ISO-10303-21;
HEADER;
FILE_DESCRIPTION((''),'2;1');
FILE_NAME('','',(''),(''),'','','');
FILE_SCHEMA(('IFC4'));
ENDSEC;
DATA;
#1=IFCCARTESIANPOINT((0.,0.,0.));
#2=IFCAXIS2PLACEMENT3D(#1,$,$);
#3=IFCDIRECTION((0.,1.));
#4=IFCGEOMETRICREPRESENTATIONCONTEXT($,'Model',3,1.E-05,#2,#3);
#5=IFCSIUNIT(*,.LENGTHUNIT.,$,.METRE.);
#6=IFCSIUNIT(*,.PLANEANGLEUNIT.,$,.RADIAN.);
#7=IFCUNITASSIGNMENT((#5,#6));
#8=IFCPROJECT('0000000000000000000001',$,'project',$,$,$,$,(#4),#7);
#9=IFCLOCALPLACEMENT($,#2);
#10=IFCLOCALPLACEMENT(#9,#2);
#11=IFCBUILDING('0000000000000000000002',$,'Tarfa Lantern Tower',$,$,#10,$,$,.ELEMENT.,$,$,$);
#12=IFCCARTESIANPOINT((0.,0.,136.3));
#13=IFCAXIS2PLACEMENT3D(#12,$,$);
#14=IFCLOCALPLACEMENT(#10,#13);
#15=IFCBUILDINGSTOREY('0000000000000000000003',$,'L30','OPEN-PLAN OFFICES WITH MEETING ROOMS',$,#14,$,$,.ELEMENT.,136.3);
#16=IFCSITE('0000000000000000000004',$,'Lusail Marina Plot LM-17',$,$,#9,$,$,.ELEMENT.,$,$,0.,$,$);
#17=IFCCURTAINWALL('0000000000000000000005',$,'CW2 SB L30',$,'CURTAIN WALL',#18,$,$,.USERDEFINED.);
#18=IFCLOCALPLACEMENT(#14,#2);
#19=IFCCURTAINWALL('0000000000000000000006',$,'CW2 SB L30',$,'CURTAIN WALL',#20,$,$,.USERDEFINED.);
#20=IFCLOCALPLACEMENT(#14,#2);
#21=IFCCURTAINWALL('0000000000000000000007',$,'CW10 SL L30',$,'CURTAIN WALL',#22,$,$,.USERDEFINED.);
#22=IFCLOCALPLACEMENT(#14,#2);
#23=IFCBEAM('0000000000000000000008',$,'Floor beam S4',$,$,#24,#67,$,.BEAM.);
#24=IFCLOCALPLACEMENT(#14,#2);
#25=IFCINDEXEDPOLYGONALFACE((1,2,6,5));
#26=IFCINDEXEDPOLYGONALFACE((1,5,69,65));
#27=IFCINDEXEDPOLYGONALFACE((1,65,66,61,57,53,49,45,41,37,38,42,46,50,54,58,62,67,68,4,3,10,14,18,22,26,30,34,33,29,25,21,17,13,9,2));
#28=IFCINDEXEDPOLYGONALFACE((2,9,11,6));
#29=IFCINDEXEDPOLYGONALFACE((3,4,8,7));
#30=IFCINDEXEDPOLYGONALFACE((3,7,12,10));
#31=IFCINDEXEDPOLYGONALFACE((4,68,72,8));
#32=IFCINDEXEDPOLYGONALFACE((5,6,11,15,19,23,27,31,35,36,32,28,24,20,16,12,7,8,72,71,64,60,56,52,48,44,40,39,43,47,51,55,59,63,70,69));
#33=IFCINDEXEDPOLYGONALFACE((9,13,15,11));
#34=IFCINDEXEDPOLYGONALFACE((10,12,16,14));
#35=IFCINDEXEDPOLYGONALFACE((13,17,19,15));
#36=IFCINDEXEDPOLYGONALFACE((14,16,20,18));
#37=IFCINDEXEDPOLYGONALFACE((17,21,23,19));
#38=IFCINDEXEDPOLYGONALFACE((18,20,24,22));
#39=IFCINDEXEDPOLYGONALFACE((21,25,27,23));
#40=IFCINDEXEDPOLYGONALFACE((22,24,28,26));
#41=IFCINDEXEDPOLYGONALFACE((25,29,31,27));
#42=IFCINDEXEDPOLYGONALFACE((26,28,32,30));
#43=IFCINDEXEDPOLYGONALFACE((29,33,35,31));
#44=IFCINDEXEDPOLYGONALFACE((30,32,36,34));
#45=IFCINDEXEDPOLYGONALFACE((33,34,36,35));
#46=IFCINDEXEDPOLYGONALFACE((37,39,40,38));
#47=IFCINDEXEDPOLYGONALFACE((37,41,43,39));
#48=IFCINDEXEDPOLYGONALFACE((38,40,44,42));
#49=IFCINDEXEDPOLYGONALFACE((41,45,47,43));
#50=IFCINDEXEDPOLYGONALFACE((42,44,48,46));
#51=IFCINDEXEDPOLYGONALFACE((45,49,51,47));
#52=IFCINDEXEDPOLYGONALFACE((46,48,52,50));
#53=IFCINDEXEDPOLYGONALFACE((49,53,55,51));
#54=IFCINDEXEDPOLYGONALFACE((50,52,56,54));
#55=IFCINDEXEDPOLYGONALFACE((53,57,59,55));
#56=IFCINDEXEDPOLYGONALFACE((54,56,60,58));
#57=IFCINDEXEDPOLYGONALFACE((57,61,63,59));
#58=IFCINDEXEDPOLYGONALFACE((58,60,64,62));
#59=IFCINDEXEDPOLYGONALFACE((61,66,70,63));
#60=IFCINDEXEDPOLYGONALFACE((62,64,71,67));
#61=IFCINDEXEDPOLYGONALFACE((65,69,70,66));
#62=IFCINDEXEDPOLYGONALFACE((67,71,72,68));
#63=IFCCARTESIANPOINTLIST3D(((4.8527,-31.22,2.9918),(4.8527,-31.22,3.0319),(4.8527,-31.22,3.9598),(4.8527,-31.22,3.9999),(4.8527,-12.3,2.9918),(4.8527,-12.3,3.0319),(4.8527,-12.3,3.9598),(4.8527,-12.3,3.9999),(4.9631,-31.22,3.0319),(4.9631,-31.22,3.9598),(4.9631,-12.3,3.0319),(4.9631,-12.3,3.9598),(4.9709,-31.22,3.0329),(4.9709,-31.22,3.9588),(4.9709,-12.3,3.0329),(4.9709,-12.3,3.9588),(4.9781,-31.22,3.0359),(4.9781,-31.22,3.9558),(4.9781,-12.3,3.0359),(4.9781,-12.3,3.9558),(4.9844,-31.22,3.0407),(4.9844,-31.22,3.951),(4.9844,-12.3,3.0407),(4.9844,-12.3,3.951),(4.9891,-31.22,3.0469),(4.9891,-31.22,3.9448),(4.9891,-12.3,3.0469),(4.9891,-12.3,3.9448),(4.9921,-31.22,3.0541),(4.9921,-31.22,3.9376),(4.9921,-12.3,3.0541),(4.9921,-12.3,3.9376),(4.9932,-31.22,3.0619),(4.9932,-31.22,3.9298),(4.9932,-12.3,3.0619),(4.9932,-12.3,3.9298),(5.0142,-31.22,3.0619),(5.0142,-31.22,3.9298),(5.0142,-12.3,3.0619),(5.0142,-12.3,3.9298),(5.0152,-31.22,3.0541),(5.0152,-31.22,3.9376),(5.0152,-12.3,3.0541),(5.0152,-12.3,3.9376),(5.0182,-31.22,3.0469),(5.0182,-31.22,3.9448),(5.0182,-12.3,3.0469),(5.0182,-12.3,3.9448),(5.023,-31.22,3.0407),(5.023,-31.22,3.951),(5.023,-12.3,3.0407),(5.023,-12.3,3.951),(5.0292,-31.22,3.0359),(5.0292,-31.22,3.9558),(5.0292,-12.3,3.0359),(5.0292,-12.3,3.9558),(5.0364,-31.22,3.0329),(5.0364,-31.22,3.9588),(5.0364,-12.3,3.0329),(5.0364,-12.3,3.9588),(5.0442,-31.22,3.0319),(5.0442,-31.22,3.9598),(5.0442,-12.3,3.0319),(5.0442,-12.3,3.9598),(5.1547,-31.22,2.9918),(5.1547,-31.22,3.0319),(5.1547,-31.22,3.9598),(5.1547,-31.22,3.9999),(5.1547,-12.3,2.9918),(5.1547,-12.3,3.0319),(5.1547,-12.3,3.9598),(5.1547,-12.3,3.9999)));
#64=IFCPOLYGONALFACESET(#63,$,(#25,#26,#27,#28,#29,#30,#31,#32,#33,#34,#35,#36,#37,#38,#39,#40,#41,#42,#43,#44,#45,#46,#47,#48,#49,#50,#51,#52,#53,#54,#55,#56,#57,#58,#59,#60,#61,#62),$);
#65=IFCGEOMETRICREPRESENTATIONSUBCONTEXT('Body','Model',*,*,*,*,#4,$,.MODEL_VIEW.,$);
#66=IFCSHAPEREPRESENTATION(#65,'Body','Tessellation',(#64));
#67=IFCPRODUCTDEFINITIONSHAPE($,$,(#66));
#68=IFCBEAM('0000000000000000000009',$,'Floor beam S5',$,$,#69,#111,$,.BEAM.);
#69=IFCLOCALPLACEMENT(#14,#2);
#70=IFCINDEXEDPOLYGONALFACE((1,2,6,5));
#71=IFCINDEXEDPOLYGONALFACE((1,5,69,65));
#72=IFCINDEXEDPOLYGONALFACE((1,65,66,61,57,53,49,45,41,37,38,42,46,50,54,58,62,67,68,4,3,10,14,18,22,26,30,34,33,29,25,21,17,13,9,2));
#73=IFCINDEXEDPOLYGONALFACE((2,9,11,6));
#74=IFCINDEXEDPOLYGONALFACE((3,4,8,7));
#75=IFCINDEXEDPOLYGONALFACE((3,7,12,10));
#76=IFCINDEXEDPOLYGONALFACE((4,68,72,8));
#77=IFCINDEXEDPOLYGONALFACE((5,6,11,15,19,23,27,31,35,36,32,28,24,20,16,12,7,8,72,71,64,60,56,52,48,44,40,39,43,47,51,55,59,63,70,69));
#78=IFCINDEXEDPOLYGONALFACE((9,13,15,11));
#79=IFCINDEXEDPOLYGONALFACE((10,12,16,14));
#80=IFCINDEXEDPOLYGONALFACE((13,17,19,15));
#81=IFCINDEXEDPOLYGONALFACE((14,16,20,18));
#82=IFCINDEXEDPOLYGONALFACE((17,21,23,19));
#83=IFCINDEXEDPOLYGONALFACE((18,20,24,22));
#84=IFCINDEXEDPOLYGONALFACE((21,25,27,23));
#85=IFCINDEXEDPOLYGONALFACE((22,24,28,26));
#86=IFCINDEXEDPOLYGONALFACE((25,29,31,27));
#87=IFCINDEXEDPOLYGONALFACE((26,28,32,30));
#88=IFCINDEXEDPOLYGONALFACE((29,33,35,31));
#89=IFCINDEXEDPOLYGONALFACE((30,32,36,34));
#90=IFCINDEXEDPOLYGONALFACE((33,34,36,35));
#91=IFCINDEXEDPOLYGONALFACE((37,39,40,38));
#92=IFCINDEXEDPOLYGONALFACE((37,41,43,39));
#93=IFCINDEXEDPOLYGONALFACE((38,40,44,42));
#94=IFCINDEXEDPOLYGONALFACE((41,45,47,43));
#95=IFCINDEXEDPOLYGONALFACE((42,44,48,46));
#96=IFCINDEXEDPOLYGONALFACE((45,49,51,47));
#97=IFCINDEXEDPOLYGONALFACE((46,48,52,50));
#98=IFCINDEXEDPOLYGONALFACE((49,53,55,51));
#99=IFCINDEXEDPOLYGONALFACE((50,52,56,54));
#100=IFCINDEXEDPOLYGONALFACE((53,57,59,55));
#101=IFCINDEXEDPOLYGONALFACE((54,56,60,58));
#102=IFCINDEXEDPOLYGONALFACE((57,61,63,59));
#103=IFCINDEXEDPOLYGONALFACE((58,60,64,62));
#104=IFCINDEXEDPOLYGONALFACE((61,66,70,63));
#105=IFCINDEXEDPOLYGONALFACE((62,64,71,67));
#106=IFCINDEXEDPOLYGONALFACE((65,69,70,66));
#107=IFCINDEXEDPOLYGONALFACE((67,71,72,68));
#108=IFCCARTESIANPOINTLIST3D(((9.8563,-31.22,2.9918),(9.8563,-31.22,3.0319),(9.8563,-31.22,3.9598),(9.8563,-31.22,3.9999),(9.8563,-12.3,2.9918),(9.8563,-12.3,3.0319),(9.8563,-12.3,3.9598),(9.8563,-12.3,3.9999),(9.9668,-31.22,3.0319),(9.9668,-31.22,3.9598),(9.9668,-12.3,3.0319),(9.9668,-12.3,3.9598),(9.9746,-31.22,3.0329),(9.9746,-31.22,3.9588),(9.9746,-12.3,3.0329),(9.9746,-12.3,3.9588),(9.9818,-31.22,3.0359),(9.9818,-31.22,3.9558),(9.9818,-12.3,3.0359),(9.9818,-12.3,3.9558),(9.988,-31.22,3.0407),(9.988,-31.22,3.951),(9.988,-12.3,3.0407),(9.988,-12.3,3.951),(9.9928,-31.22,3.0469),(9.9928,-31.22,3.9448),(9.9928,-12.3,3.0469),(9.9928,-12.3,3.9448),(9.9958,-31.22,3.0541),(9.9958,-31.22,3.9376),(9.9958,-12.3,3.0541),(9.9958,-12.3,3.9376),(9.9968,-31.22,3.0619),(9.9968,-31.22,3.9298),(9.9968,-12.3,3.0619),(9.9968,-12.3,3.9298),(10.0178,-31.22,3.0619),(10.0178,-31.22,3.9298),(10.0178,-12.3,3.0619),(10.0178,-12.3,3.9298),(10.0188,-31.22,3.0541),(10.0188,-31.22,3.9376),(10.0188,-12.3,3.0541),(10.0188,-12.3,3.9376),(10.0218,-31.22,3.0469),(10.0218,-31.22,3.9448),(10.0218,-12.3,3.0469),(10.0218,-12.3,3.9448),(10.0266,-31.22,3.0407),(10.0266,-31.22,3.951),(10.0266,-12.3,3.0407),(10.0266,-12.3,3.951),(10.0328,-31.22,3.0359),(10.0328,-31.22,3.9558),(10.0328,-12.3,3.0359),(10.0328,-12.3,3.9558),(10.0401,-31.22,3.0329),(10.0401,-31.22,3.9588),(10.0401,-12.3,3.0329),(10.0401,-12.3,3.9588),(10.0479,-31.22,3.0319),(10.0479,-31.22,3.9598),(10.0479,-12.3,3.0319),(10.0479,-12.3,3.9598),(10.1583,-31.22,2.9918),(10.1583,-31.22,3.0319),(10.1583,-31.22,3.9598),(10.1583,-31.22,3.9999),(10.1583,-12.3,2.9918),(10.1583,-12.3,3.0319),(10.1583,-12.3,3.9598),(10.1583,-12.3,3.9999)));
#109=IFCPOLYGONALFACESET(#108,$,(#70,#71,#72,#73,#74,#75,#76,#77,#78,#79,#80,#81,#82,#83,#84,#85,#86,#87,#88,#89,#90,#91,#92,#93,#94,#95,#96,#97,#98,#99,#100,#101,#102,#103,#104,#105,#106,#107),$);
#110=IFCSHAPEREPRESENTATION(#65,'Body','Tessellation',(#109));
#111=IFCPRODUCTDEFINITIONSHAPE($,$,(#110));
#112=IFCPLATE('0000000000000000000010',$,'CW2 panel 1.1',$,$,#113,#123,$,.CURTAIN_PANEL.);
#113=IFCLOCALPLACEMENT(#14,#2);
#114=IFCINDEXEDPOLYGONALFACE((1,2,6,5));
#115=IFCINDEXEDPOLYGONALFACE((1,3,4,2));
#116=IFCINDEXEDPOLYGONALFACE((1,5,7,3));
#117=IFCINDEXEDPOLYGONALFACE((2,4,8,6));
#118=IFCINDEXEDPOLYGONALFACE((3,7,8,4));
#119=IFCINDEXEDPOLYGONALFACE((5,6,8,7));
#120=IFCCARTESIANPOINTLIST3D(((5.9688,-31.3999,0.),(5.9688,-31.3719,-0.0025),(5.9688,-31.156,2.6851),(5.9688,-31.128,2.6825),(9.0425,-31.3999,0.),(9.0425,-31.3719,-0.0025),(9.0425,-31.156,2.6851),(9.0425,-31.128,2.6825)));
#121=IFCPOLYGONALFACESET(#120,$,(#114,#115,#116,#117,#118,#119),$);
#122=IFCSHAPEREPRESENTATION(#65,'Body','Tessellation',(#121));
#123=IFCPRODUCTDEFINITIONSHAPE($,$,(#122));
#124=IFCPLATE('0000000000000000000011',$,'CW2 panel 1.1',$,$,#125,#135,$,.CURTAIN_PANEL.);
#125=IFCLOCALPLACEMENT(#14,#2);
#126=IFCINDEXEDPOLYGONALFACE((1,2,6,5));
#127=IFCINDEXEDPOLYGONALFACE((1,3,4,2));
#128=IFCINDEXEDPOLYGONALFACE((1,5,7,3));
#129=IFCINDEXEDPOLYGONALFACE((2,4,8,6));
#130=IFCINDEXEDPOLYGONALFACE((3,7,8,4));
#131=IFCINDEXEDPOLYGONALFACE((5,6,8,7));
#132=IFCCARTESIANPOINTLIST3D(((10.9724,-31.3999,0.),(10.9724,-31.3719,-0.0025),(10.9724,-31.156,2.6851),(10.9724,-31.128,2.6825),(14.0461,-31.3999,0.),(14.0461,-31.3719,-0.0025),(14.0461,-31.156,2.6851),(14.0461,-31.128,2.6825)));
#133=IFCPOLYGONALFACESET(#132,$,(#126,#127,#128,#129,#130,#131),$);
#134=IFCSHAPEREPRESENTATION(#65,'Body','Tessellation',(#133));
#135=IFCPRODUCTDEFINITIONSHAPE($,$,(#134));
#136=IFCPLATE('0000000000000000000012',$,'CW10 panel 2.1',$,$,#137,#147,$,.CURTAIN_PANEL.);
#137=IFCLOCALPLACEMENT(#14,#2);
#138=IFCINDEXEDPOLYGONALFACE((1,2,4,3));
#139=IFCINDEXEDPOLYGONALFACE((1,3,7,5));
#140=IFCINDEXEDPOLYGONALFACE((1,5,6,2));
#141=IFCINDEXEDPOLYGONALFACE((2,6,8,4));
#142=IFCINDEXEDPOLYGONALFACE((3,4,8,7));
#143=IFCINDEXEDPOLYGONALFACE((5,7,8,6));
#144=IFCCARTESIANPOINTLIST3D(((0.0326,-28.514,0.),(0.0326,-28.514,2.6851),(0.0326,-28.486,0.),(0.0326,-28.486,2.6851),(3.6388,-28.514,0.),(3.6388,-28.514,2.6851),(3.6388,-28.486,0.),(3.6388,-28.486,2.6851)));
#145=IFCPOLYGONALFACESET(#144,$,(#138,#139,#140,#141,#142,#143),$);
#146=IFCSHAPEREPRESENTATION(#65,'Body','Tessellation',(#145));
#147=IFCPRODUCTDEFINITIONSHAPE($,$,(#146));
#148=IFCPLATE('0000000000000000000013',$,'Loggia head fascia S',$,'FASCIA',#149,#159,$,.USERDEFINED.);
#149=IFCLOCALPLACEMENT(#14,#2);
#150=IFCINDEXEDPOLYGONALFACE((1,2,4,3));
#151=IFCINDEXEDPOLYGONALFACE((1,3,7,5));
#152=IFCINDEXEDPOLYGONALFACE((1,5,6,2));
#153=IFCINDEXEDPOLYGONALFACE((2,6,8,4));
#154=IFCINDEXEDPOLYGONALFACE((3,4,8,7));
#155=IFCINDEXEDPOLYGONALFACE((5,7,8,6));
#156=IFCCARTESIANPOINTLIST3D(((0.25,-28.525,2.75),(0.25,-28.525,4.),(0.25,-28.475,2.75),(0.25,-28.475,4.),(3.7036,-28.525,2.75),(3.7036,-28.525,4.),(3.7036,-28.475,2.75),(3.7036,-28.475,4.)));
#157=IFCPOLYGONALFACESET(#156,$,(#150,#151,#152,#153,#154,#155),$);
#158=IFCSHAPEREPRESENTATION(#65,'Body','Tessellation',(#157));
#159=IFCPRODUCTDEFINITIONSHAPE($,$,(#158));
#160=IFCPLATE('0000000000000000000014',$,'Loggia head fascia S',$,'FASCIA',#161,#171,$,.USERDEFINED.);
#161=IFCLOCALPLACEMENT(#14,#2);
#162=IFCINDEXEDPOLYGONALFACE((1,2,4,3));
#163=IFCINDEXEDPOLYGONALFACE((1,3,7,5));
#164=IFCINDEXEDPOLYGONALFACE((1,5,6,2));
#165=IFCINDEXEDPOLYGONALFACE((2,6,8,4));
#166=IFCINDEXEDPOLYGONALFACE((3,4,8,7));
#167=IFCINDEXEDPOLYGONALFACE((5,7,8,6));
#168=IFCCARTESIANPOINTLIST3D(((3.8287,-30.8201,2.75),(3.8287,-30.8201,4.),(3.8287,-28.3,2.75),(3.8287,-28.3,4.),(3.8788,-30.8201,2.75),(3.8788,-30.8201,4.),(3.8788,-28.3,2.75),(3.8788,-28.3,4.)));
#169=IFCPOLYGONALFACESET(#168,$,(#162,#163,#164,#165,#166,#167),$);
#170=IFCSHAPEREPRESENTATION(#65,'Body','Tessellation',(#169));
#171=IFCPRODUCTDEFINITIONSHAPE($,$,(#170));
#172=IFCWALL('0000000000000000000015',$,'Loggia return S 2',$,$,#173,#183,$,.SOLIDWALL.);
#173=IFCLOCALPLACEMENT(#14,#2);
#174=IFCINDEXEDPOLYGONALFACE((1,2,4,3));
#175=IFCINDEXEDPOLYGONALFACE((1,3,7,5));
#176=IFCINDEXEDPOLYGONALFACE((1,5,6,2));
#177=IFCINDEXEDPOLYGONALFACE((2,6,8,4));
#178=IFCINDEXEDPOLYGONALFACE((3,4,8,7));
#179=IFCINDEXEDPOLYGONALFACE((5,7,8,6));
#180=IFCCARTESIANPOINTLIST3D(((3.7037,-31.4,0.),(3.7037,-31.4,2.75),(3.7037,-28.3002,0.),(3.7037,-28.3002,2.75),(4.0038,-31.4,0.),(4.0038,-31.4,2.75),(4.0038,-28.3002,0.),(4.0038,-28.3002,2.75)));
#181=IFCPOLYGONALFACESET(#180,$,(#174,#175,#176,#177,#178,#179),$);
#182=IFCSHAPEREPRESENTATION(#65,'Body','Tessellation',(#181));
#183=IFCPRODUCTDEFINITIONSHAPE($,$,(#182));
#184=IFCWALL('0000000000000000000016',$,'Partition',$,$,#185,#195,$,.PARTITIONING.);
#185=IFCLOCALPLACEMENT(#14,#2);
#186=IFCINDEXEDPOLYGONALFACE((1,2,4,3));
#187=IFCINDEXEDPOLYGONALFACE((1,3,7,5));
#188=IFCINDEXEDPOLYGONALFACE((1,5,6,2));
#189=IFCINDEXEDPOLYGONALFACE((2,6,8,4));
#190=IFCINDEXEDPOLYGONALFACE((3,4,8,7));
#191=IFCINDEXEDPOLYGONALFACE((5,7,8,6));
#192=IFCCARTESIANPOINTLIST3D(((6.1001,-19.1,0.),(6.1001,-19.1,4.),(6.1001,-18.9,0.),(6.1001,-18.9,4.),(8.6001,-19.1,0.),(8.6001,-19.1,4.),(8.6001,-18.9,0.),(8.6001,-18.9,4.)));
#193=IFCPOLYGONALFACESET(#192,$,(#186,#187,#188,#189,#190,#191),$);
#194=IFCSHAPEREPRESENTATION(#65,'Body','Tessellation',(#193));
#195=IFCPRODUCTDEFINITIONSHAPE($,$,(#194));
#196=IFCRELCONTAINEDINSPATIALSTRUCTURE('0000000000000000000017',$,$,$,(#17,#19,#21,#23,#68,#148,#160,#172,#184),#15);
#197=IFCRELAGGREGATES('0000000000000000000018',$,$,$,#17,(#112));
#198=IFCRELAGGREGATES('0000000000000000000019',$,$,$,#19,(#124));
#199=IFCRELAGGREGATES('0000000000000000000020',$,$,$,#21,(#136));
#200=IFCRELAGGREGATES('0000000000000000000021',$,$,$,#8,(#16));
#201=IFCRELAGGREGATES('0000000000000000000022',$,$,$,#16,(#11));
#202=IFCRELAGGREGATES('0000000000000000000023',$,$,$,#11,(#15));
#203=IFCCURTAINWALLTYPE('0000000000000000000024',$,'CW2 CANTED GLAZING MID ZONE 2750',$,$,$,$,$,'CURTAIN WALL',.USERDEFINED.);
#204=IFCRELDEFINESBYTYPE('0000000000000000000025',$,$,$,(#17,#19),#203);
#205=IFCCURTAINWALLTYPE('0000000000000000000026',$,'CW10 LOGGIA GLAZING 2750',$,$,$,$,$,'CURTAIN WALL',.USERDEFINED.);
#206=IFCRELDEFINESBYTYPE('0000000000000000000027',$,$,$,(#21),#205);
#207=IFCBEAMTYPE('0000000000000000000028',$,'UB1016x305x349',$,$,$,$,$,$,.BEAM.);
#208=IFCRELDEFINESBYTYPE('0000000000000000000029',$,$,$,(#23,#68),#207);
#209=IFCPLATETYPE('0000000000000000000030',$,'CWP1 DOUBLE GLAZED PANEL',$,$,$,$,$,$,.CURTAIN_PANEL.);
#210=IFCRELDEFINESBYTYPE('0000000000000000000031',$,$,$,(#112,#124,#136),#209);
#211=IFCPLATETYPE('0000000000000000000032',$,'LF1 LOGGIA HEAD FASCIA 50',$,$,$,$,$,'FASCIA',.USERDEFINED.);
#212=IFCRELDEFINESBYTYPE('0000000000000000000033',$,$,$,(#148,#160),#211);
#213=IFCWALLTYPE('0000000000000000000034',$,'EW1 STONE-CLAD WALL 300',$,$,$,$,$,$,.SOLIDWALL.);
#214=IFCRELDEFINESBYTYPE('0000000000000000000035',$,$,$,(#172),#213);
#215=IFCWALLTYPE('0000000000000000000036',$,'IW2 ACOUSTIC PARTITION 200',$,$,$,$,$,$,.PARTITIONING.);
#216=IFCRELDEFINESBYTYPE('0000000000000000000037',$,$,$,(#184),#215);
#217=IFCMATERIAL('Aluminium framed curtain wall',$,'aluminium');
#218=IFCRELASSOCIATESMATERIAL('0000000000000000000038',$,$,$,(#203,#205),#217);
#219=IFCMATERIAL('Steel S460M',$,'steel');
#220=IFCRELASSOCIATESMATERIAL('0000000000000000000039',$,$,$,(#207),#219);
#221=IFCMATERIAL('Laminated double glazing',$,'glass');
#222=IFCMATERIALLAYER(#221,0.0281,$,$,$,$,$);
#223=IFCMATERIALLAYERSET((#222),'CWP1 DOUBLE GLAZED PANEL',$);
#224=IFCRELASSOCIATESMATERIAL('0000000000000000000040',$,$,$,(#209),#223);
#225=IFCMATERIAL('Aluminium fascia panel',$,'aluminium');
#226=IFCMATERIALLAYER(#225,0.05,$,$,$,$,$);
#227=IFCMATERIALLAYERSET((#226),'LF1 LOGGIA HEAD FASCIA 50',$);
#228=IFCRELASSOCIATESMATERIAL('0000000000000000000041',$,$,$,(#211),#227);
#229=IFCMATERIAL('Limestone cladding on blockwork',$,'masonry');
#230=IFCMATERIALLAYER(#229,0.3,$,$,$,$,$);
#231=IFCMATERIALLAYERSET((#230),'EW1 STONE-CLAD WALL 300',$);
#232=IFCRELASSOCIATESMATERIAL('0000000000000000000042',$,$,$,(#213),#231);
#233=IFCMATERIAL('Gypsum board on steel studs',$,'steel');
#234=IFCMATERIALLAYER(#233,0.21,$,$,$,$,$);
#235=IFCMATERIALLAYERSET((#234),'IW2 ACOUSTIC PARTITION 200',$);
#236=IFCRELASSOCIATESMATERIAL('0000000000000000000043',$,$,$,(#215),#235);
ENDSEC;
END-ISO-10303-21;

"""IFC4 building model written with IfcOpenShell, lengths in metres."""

from ifc_helpers import new_model, si_unit, direction, frame, frame_2d, origin, origin_2d, place, context, subcontext, project, spatial, polyline, rectangle, i_section, outline, extrude, material, layer, layer_set, material_profile, profile_set, type_object, element, aggregate, save


model = new_model("IFC4")

# Units and contexts
model_context = context("Model", 3, precision=1e-05, world=origin(), true_north=direction((0.0, 1.0)))
body_context = subcontext(model_context, "Body", "Model", "MODEL_VIEW")
ifc_project = project(units=[si_unit("LENGTHUNIT", "METRE"), si_unit("PLANEANGLEUNIT", "RADIAN")], contexts=[model_context])

# Site, building, storey
site_placement = place(None, origin())
site = spatial("IfcSite", under=ifc_project, at=site_placement, Name="Lusail Marina Plot LM-17", CompositionType="ELEMENT", RefElevation=0.0)
building_placement = place(site_placement, origin())
building = spatial("IfcBuilding", under=site, at=building_placement, Name="Tarfa Lantern Tower", CompositionType="ELEMENT")
storey_placement = place(building_placement, frame((0.0, 0.0, 136.3)))
storey = spatial("IfcBuildingStorey", under=building, at=storey_placement, Name="L30", Description="OPEN-PLAN OFFICES WITH MEETING ROOMS", CompositionType="ELEMENT", Elevation=136.3)

# Curtain wall
ifc_material_1 = material(Name="Aluminium framed curtain wall", Category="aluminium")
curtain_wall_type_1 = type_object("IfcCurtainWallType", Name="CW2 CANTED GLAZING MID ZONE 2750", ElementType="CURTAIN WALL", PredefinedType="USERDEFINED", material=ifc_material_1)
curtain_wall_1_placement = place(storey_placement, origin())
curtain_wall_1 = element("IfcCurtainWall", 1, at=curtain_wall_1_placement, inside=storey, type_object=curtain_wall_type_1, Name="CW2 SB L30", ObjectType="CURTAIN WALL", PredefinedType="USERDEFINED")

# Curtain walls
curtain_wall_2_placement = place(storey_placement, origin())
curtain_wall_2 = element("IfcCurtainWall", 2, at=curtain_wall_2_placement, inside=storey, type_object=curtain_wall_type_1, Name="CW2 SB L30", ObjectType="CURTAIN WALL", PredefinedType="USERDEFINED")
curtain_wall_type_2 = type_object("IfcCurtainWallType", Name="CW10 LOGGIA GLAZING 2750", ElementType="CURTAIN WALL", PredefinedType="USERDEFINED", material=ifc_material_1)
curtain_wall_3_placement = place(storey_placement, origin())
curtain_wall_3 = element("IfcCurtainWall", 3, at=curtain_wall_3_placement, inside=storey, type_object=curtain_wall_type_2, Name="CW10 SL L30", ObjectType="CURTAIN WALL", PredefinedType="USERDEFINED")

# Beams
ifc_material_2 = material(Name="Steel S460M", Category="steel")
ifc_material_profile_1 = material_profile(ifc_material_2, i_section(OverallWidth=0.302, OverallDepth=1.0081, WebThickness=0.021, FlangeThickness=0.04, FilletRadius=0.03, at=origin_2d()), Name="UB1016x305x349")
ifc_profile_set_1 = profile_set([ifc_material_profile_1], Name="Steel S460M")
beam_type_1 = type_object("IfcBeamType", Name="UB1016x305x349", PredefinedType="BEAM", material=ifc_profile_set_1)
for number, where, z_axis, x_axis, name in (
    (4, (5.0037, -31.22, 3.4958), (0.0, 1.0, 0.0), (-1.0, 0.0, 0.0), "Floor beam S4"),
    (5, (10.0073, -31.22, 3.4958), (0.0, 1.0, 0.0), (-1.0, 0.0, 0.0), "Floor beam S5"),
):
    element("IfcBeam", number, at=place(storey_placement, frame(where, z_axis=z_axis, x_axis=x_axis)), inside=storey, type_object=beam_type_1, Name=name, PredefinedType="BEAM", context=body_context, shape_type="SweptSolid", body=[
        extrude(i_section(OverallWidth=0.302, OverallDepth=1.0081, WebThickness=0.021, FlangeThickness=0.04, FilletRadius=0.03, at=origin_2d()), origin(), (0.0, 0.0, 1.0), 18.9199),
    ])

# Plates
ifc_material_3 = material(Name="Laminated double glazing", Category="glass")
ifc_layer_1 = layer(ifc_material_3, 0.0281)
ifc_layer_set_1 = layer_set([ifc_layer_1], Name="CWP1 DOUBLE GLAZED PANEL")
plate_type_1 = type_object("IfcPlateType", Name="CWP1 DOUBLE GLAZED PANEL", PredefinedType="CURTAIN_PANEL", material=ifc_layer_set_1)
plate_1_placement = place(storey_placement, frame((5.9688, -31.3999, 0.0), z_axis=(0.0, -0.9959, 0.090462), x_axis=(1.0, 0.0, 0.0)))
plate_1 = element("IfcPlate", 6, at=plate_1_placement, type_object=plate_type_1, Name="CW2 panel 1.1", PredefinedType="CURTAIN_PANEL", context=body_context, shape_type="SweptSolid", body=[
    extrude(outline(polyline([(0.0, 0.0), (3.0737, 0.0), (3.0737, 2.6961), (0.0, 2.6961), (0.0, 0.0)])), origin(), (0.0, 0.0, -1.0), 0.0281),
])
aggregate(curtain_wall_1, [plate_1])
plate_2_placement = place(storey_placement, frame((10.9724, -31.3999, 0.0), z_axis=(0.0, -0.9959, 0.090462), x_axis=(1.0, 0.0, 0.0)))
plate_2 = element("IfcPlate", 7, at=plate_2_placement, type_object=plate_type_1, Name="CW2 panel 1.1", PredefinedType="CURTAIN_PANEL", context=body_context, shape_type="SweptSolid", body=[
    extrude(outline(polyline([(0.0, 0.0), (3.0737, 0.0), (3.0737, 2.6961), (0.0, 2.6961), (0.0, 0.0)])), origin(), (0.0, 0.0, -1.0), 0.0281),
])
aggregate(curtain_wall_2, [plate_2])
plate_3_placement = place(storey_placement, frame((1.8357, -28.5, 0.0), z_axis=(0.0, 0.0, 1.0), x_axis=(1.0, 0.0, 0.0)))
plate_3 = element("IfcPlate", 8, at=plate_3_placement, type_object=plate_type_1, Name="CW10 panel 2.1", PredefinedType="CURTAIN_PANEL", context=body_context, shape_type="SweptSolid", body=[
    extrude(rectangle(XDim=3.6062, YDim=0.0281, at=origin_2d()), origin(), (0.0, 0.0, 1.0), 2.6851),
])
aggregate(curtain_wall_3, [plate_3])

# Plates
ifc_material_4 = material(Name="Aluminium fascia panel", Category="aluminium")
ifc_layer_2 = layer(ifc_material_4, 0.05)
ifc_layer_set_2 = layer_set([ifc_layer_2], Name="LF1 LOGGIA HEAD FASCIA 50")
plate_type_2 = type_object("IfcPlateType", Name="LF1 LOGGIA HEAD FASCIA 50", ElementType="FASCIA", PredefinedType="USERDEFINED", material=ifc_layer_set_2)
plate_4_placement = place(storey_placement, frame((1.9768, -28.5, 2.75), z_axis=(0.0, 0.0, 1.0), x_axis=(1.0, 0.0, 0.0)))
element("IfcPlate", 9, at=plate_4_placement, inside=storey, type_object=plate_type_2, Name="Loggia head fascia S", ObjectType="FASCIA", PredefinedType="USERDEFINED", context=body_context, shape_type="SweptSolid", body=[
    extrude(rectangle(XDim=3.4536, YDim=0.05, at=origin_2d()), origin(), (0.0, 0.0, 1.0), 1.25),
])
plate_5_placement = place(storey_placement, frame((3.8538, -29.5601, 2.75), z_axis=(0.0, 0.0, 1.0), x_axis=(0.0, 1.0, 0.0)))
element("IfcPlate", 10, at=plate_5_placement, inside=storey, type_object=plate_type_2, Name="Loggia head fascia S", ObjectType="FASCIA", PredefinedType="USERDEFINED", context=body_context, shape_type="SweptSolid", body=[
    extrude(rectangle(XDim=2.52, YDim=0.05, at=origin_2d()), origin(), (0.0, 0.0, 1.0), 1.25),
])

# Walls
ifc_material_5 = material(Name="Limestone cladding on blockwork", Category="masonry")
ifc_layer_3 = layer(ifc_material_5, 0.3)
ifc_layer_set_3 = layer_set([ifc_layer_3], Name="EW1 STONE-CLAD WALL 300")
wall_type_1 = type_object("IfcWallType", Name="EW1 STONE-CLAD WALL 300", PredefinedType="SOLIDWALL", material=ifc_layer_set_3)
wall_placement = place(storey_placement, frame((3.8538, -31.3999, 0.0), z_axis=(0.0, 0.0, 1.0), x_axis=(0.0, 1.0, 0.0)))
element("IfcWall", 11, at=wall_placement, inside=storey, type_object=wall_type_1, Name="Loggia return S 2", PredefinedType="SOLIDWALL", context=body_context, shape_type="SweptSolid", body=[
    extrude(rectangle(XDim=3.0999, YDim=0.3, at=frame_2d((1.5498, 0.0))), origin(), (0.0, 0.0, 1.0), 2.75),
])
ifc_material_6 = material(Name="Gypsum board on steel studs", Category="steel")
ifc_layer_4 = layer(ifc_material_6, 0.21)
ifc_layer_set_4 = layer_set([ifc_layer_4], Name="IW2 ACOUSTIC PARTITION 200")
wall_type_2 = type_object("IfcWallType", Name="IW2 ACOUSTIC PARTITION 200", PredefinedType="PARTITIONING", material=ifc_layer_set_4)
for number, where, z_axis, x_axis, name in (
    (12, (8.6001, -19.0, 0.0), (0.0, 0.0, 1.0), (-1.0, 0.0, 0.0), "Partition"),
):
    element("IfcWall", number, at=place(storey_placement, frame(where, z_axis=z_axis, x_axis=x_axis)), inside=storey, type_object=wall_type_2, Name=name, PredefinedType="PARTITIONING", context=body_context, shape_type="SweptSolid", body=[
        extrude(rectangle(XDim=2.5, YDim=0.2, at=frame_2d((1.25, 0.0))), origin(), (0.0, 0.0, 1.0), 4.0),
    ])

save(model, "model.ifc")
